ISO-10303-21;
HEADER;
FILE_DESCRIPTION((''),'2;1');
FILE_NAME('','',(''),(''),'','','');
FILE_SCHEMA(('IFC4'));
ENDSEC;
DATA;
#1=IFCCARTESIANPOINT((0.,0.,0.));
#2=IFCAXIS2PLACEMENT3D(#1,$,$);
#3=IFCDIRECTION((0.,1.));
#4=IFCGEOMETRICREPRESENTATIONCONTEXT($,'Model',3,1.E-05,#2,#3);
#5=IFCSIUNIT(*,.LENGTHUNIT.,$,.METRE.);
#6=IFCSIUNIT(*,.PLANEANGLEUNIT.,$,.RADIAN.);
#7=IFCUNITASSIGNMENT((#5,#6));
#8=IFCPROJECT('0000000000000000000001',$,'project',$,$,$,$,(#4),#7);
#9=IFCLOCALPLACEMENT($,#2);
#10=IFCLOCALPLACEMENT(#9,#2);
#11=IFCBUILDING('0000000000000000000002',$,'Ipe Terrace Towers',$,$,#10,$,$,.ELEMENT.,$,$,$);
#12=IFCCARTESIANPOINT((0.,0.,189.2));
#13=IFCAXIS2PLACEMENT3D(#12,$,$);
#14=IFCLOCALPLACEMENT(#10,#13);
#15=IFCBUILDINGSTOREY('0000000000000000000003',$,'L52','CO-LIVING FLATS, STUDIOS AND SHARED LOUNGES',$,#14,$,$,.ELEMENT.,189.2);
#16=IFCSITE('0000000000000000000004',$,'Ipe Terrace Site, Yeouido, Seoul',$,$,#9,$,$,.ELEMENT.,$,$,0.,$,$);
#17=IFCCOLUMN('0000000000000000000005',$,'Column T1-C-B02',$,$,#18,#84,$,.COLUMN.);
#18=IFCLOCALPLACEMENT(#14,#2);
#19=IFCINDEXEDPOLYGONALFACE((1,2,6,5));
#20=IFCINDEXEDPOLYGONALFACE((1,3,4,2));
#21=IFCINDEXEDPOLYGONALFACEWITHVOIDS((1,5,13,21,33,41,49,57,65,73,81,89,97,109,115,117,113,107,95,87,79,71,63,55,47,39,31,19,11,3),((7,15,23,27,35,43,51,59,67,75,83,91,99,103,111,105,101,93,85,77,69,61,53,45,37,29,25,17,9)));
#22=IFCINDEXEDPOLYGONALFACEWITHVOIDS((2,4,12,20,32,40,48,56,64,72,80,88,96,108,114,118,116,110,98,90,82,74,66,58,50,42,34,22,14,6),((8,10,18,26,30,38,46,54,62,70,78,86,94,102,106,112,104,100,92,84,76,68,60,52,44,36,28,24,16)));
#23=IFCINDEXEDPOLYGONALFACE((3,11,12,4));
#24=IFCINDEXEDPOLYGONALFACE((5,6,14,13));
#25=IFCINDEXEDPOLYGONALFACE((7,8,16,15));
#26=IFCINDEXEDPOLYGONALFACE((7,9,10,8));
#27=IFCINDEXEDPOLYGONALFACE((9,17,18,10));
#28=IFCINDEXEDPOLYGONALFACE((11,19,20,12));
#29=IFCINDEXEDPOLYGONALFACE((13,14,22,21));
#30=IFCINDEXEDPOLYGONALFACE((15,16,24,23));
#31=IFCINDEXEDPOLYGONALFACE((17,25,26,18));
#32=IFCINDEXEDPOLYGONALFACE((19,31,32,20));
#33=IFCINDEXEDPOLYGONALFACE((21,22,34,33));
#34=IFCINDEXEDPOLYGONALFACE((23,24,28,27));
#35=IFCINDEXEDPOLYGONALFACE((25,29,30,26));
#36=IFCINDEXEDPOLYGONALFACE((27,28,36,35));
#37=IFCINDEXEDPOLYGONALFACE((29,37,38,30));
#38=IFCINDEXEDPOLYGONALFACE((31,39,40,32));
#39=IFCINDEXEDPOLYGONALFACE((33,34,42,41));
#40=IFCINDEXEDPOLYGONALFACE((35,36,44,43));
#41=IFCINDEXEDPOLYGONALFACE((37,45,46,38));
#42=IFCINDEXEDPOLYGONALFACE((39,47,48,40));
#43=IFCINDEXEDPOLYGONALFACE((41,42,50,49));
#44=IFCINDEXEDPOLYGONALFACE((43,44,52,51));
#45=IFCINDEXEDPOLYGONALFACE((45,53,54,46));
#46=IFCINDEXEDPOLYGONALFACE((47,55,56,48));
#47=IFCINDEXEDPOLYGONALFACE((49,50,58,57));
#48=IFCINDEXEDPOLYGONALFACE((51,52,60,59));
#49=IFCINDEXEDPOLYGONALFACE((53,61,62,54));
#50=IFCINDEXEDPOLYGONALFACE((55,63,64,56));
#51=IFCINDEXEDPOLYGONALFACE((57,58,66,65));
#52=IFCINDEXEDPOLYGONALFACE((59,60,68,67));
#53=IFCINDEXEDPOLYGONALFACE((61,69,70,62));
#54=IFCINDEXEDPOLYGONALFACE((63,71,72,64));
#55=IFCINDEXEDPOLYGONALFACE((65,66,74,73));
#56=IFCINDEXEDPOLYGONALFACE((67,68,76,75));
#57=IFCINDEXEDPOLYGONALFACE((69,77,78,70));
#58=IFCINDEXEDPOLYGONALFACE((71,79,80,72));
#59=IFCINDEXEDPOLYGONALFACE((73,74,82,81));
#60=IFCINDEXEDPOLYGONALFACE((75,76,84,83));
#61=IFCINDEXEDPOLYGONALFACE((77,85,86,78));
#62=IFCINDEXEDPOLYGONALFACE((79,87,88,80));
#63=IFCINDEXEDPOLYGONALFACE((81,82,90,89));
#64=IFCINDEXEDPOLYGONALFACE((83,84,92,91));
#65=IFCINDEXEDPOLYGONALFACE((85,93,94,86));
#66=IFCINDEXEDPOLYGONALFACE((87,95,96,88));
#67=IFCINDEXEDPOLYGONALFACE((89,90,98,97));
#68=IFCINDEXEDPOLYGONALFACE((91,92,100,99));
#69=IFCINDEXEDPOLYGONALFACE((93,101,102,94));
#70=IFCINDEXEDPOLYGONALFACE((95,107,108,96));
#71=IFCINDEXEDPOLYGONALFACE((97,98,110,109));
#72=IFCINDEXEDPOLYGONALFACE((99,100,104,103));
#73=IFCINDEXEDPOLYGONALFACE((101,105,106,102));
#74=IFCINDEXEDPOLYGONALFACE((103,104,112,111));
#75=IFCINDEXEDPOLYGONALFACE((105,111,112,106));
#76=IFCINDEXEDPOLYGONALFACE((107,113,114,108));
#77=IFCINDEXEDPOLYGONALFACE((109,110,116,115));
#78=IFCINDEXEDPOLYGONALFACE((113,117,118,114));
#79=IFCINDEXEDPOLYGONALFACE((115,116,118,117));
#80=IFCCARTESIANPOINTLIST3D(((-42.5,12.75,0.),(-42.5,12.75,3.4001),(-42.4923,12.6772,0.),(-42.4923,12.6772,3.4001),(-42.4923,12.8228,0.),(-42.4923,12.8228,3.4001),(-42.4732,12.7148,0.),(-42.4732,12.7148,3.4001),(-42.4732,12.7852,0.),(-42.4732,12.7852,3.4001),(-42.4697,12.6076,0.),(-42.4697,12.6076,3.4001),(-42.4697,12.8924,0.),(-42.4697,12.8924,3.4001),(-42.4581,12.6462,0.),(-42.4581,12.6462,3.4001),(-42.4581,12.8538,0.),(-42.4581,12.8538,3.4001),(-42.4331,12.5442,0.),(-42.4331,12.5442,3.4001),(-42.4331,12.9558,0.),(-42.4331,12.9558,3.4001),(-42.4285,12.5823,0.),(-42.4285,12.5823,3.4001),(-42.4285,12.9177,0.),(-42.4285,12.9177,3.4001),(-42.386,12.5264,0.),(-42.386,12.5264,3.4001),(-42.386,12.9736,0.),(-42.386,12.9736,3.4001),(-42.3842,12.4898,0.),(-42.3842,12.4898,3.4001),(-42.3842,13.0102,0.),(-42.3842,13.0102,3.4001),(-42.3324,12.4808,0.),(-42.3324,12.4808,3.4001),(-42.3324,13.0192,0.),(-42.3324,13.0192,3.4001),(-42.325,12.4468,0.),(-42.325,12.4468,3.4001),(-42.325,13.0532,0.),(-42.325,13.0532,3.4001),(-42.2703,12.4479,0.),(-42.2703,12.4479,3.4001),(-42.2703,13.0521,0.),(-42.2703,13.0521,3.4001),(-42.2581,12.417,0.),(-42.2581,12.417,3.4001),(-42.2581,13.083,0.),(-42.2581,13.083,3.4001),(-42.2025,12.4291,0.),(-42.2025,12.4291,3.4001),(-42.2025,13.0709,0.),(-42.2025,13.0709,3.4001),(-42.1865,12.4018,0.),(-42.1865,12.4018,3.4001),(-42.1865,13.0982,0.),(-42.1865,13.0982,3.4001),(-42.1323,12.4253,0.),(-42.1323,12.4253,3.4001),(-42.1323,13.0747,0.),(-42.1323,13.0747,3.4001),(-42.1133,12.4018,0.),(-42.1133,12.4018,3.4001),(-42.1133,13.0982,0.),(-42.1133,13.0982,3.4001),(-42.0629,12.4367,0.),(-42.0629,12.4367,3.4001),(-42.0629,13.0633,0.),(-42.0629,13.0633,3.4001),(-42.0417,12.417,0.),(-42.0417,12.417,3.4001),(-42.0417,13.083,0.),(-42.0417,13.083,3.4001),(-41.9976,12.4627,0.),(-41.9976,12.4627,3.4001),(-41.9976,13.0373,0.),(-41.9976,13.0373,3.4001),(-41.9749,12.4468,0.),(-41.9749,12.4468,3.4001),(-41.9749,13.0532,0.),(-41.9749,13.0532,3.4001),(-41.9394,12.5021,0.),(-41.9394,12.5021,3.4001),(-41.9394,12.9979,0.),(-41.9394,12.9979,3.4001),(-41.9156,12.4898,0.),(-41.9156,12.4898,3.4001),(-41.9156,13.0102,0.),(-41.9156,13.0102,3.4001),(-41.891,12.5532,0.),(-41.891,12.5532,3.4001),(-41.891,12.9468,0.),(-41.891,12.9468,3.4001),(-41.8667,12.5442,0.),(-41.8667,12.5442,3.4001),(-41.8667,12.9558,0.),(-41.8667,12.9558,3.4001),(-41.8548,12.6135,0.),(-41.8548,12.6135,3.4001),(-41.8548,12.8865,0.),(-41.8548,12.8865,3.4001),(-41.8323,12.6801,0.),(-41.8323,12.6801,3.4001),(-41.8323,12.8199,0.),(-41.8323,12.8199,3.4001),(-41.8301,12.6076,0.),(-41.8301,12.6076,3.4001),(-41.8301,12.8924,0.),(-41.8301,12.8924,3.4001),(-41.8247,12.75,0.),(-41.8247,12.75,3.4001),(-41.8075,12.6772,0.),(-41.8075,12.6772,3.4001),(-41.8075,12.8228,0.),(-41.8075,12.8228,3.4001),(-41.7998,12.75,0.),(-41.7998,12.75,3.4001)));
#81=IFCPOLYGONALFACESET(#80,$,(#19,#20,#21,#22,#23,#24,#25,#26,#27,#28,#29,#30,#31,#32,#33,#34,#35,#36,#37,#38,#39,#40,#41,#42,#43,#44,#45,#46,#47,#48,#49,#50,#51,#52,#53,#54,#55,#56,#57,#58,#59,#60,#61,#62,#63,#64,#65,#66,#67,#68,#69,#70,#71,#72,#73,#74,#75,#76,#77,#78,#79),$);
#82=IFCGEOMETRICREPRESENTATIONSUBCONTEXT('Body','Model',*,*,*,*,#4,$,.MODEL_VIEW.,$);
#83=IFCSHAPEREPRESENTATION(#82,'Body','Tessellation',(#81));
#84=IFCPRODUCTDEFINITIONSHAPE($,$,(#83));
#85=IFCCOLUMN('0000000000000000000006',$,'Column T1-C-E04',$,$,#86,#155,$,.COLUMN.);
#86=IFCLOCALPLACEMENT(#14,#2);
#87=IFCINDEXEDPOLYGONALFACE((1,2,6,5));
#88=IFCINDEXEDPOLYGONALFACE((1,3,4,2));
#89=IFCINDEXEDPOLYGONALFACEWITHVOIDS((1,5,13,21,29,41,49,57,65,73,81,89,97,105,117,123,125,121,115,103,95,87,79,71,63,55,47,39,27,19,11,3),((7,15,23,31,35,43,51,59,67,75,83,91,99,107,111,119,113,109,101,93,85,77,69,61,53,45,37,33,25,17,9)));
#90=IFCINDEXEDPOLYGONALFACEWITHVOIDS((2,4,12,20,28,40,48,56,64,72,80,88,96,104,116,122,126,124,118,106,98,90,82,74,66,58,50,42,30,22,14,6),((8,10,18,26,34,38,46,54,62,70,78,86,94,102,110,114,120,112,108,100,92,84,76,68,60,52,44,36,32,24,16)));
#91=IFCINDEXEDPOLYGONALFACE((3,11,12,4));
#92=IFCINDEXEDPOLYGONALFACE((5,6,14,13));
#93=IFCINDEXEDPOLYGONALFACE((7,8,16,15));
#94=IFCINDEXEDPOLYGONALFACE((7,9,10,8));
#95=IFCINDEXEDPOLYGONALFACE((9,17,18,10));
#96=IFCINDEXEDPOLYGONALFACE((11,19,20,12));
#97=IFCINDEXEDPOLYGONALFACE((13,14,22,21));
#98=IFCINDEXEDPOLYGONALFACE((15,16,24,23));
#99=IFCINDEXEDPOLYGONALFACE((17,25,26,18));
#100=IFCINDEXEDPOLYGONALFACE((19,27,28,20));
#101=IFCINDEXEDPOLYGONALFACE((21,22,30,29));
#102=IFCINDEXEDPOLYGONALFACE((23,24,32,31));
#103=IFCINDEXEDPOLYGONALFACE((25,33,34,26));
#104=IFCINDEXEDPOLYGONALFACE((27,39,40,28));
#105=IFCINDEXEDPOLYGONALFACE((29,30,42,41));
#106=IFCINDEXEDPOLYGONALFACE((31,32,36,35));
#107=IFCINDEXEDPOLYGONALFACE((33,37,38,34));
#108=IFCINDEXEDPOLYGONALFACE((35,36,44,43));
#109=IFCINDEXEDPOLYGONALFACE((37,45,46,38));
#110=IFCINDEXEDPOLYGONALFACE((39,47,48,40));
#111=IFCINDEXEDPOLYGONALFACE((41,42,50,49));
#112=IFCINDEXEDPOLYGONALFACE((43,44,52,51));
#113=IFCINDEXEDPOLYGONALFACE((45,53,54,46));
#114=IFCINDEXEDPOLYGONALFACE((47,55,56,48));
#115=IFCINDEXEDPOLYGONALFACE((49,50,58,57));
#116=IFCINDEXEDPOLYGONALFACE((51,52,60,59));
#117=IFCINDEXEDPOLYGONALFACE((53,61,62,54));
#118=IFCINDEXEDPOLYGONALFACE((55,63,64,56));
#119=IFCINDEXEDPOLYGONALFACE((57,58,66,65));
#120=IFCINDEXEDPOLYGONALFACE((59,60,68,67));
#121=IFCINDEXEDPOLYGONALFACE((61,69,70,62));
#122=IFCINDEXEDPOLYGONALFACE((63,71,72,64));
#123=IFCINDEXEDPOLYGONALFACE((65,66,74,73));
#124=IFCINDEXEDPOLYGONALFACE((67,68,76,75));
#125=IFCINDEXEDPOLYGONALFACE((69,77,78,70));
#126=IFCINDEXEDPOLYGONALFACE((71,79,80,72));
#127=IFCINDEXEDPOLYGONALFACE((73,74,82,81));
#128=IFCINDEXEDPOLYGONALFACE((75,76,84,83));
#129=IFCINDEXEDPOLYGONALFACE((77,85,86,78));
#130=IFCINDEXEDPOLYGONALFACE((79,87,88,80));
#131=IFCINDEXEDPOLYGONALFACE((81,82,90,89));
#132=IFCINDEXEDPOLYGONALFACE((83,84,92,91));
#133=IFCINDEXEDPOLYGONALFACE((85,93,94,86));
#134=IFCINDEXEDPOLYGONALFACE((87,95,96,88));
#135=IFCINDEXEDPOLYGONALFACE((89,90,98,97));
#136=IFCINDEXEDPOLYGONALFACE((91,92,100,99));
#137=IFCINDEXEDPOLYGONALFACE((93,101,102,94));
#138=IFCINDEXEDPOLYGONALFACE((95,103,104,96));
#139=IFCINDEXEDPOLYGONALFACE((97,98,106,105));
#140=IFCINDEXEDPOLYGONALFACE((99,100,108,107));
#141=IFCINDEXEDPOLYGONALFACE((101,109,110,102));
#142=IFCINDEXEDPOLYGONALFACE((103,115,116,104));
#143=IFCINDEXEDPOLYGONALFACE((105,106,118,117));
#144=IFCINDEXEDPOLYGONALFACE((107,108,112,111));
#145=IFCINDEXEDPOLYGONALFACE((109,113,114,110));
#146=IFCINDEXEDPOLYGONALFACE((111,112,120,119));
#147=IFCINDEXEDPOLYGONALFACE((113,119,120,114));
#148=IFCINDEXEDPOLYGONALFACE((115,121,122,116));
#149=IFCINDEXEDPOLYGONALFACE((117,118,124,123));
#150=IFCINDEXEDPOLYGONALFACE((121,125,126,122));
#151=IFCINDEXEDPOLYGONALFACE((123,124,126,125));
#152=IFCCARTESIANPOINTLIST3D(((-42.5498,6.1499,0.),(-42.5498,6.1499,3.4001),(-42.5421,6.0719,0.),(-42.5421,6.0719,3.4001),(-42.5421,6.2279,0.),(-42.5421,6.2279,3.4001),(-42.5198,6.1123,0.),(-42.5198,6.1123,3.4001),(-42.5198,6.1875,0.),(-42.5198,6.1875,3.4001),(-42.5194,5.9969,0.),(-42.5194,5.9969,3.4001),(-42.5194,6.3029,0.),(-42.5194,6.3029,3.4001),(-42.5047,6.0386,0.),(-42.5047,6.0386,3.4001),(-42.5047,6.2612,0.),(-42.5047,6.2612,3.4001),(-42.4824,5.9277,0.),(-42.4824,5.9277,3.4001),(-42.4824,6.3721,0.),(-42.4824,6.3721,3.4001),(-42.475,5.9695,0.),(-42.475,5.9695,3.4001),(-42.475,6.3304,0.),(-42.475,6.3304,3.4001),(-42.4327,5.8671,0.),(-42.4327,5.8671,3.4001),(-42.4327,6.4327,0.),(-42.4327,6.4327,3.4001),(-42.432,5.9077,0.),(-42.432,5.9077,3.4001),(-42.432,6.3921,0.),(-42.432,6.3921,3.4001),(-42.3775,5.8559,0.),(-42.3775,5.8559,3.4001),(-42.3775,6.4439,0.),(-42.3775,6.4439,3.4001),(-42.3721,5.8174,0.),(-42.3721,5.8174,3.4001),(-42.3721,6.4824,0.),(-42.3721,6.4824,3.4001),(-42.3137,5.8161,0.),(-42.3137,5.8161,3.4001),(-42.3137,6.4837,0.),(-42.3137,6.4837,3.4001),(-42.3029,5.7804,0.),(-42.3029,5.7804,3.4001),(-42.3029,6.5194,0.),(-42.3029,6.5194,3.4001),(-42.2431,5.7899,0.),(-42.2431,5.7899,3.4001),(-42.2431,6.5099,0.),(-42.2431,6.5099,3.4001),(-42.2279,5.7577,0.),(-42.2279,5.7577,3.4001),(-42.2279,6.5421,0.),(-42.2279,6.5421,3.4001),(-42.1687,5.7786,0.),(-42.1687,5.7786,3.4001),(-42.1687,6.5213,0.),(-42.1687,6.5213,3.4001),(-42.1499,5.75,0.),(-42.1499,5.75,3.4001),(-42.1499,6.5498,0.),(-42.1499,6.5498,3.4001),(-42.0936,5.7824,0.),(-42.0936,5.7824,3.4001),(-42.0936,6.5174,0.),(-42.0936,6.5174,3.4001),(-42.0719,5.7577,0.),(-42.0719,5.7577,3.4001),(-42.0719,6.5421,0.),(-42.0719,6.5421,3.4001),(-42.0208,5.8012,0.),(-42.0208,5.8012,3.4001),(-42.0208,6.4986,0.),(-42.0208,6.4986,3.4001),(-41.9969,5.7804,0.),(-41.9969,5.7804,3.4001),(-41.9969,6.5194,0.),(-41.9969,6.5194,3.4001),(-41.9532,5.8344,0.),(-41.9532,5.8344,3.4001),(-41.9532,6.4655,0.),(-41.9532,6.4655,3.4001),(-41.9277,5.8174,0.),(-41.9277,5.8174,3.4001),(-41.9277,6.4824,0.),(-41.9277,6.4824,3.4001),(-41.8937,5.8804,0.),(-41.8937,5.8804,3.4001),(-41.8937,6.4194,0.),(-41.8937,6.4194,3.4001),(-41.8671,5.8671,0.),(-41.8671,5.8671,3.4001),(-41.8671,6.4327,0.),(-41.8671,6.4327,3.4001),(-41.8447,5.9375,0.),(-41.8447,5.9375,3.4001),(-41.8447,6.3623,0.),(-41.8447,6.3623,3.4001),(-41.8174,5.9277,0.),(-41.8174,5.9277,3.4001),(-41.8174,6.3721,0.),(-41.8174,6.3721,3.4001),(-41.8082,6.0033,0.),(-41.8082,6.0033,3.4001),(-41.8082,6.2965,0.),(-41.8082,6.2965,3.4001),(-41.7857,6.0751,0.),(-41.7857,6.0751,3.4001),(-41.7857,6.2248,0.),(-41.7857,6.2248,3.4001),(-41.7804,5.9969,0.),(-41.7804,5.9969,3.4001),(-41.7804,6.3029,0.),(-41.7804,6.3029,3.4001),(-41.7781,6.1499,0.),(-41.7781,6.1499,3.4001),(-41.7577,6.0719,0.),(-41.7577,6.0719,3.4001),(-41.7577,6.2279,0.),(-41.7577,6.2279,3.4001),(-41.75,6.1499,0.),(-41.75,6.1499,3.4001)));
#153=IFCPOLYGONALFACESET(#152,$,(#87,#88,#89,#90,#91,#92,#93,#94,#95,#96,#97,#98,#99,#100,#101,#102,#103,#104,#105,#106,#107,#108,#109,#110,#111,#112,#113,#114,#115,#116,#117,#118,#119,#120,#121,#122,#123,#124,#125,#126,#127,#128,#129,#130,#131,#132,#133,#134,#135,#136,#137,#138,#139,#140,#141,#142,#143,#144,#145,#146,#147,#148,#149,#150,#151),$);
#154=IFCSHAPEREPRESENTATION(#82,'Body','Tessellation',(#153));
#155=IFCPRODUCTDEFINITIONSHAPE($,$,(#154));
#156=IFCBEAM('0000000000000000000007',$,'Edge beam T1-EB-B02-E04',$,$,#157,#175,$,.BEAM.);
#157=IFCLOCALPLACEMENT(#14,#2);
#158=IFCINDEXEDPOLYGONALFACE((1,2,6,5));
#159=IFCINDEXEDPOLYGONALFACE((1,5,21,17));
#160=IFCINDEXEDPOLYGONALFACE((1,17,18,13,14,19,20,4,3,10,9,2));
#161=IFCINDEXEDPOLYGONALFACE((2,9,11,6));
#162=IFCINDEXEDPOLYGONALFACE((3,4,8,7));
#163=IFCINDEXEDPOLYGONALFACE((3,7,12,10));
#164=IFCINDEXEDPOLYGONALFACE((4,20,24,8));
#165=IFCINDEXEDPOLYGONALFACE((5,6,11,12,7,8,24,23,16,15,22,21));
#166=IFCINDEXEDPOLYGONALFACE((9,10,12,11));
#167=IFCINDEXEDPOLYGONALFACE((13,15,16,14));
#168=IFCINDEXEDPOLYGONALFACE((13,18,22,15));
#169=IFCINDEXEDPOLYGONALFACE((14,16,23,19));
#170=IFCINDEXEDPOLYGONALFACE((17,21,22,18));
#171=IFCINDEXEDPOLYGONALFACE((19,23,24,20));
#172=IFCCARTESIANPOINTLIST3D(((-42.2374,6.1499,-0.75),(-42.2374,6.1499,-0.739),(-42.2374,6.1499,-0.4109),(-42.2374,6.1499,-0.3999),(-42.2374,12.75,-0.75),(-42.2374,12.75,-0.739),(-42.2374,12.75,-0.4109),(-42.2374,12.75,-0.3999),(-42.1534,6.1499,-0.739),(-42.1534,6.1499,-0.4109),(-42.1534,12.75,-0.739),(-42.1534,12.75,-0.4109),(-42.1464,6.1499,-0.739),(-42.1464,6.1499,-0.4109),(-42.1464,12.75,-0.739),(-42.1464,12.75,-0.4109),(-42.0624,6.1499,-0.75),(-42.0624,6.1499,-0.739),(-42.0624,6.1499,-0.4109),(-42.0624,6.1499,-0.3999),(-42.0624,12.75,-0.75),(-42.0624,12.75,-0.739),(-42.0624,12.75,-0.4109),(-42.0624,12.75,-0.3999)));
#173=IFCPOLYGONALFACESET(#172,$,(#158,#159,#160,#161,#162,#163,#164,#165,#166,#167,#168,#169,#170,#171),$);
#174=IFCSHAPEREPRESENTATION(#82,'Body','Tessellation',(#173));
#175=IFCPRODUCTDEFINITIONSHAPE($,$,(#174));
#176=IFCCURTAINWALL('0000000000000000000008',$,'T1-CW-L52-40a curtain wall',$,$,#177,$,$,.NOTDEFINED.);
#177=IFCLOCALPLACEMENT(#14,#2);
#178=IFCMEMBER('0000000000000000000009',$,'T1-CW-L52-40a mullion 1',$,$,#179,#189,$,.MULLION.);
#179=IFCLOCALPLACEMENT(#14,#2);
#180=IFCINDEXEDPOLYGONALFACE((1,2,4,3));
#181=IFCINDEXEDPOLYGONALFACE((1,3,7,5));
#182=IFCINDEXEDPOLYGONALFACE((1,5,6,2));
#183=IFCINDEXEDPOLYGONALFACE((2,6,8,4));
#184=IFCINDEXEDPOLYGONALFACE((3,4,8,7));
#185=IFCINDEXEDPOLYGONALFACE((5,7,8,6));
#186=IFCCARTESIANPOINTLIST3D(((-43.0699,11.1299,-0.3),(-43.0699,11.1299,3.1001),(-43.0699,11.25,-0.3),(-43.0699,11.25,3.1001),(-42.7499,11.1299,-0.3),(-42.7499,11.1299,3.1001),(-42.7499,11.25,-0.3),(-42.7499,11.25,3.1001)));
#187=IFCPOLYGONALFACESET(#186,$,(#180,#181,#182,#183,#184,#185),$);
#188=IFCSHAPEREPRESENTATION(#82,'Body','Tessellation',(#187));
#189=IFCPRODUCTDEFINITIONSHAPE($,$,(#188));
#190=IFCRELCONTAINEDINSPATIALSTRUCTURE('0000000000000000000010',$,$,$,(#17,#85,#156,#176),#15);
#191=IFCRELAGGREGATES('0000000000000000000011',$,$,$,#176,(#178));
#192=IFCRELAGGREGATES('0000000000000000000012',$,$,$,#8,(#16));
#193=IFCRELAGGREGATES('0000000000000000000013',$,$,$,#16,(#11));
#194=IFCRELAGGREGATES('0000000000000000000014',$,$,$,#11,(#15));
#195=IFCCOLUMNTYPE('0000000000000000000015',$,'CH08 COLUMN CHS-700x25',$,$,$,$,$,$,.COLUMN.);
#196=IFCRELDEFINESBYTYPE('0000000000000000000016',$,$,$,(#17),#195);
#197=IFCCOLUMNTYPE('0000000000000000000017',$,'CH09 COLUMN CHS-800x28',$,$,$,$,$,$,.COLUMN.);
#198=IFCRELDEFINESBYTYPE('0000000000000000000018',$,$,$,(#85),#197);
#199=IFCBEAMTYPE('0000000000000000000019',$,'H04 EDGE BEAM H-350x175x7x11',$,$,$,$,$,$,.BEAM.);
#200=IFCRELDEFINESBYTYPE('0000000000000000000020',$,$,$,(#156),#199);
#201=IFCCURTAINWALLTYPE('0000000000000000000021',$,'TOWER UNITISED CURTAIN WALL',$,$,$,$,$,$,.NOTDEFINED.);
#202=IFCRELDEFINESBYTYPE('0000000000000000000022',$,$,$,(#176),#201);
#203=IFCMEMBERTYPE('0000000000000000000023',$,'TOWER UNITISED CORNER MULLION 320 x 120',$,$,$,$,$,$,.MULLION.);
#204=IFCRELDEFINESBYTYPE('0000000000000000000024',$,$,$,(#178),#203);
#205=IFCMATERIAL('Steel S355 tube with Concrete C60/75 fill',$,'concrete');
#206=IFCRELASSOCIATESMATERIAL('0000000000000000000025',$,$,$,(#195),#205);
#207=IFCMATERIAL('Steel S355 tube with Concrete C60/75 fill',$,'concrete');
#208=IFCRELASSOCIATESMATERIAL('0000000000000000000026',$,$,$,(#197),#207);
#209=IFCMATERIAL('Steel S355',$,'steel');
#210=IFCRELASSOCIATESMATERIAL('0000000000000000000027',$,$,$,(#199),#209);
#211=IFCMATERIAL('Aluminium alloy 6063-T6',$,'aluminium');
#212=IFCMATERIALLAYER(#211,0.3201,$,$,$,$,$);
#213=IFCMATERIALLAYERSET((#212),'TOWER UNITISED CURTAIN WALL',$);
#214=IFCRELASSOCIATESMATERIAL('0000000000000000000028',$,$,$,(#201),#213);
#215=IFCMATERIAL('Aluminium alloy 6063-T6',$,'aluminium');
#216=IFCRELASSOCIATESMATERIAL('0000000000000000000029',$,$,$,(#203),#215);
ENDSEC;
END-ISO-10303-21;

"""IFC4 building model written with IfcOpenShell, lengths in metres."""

from ifc_helpers import new_model, si_unit, direction, frame, origin, origin_2d, place, context, subcontext, project, spatial, rectangle, hollow_circle, i_section, extrude, material, layer, layer_set, material_profile, profile_set, type_object, element, aggregate, save


model = new_model("IFC4")

# Units and contexts
model_context = context("Model", 3, precision=1e-05, world=origin(), true_north=direction((0.0, 1.0)))
body_context = subcontext(model_context, "Body", "Model", "MODEL_VIEW")
ifc_project = project(units=[si_unit("LENGTHUNIT", "METRE"), si_unit("PLANEANGLEUNIT", "RADIAN")], contexts=[model_context])

# Site, building, storey
site_placement = place(None, origin())
site = spatial("IfcSite", under=ifc_project, at=site_placement, Name="Ipe Terrace Site, Yeouido, Seoul", CompositionType="ELEMENT", RefElevation=0.0)
building_placement = place(site_placement, origin())
building = spatial("IfcBuilding", under=site, at=building_placement, Name="Ipe Terrace Towers", CompositionType="ELEMENT")
storey_placement = place(building_placement, frame((0.0, 0.0, 189.2)))
storey = spatial("IfcBuildingStorey", under=building, at=storey_placement, Name="L52", Description="CO-LIVING FLATS, STUDIOS AND SHARED LOUNGES", CompositionType="ELEMENT", Elevation=189.2)

# Columns
ifc_material_1 = material(Name="Steel S355 tube with Concrete C60/75 fill", Category="concrete")
ifc_material_profile_1 = material_profile(ifc_material_1, hollow_circle(Radius=0.3501, WallThickness=0.0249, at=origin_2d()), Name="CHS-700x25")
ifc_profile_set_1 = profile_set([ifc_material_profile_1], Name="Steel S355 tube with Concrete C60/75 fill")
column_type_1 = type_object("IfcColumnType", Name="CH08 COLUMN CHS-700x25", PredefinedType="COLUMN", material=ifc_profile_set_1)
column_1_placement = place(storey_placement, frame((-42.1499, 12.75, 0.0), z_axis=(0.0, 0.0, 1.0), x_axis=(1.0, 0.0, 0.0)))
element("IfcColumn", 1, at=column_1_placement, inside=storey, type_object=column_type_1, Name="Column T1-C-B02", PredefinedType="COLUMN", context=body_context, shape_type="SweptSolid", body=[
    extrude(hollow_circle(Radius=0.3501, WallThickness=0.0249, at=origin_2d()), origin(), (0.0, 0.0, 1.0), 3.4001),
])
ifc_material_2 = material(Name="Steel S355 tube with Concrete C60/75 fill", Category="concrete")
ifc_material_profile_2 = material_profile(ifc_material_2, hollow_circle(Radius=0.3999, WallThickness=0.0281, at=origin_2d()), Name="CHS-800x28")
ifc_profile_set_2 = profile_set([ifc_material_profile_2], Name="Steel S355 tube with Concrete C60/75 fill")
column_type_2 = type_object("IfcColumnType", Name="CH09 COLUMN CHS-800x28", PredefinedType="COLUMN", material=ifc_profile_set_2)
column_2_placement = place(storey_placement, frame((-42.1499, 6.1499, 0.0), z_axis=(0.0, 0.0, 1.0), x_axis=(1.0, 0.0, 0.0)))
element("IfcColumn", 2, at=column_2_placement, inside=storey, type_object=column_type_2, Name="Column T1-C-E04", PredefinedType="COLUMN", context=body_context, shape_type="SweptSolid", body=[
    extrude(hollow_circle(Radius=0.3999, WallThickness=0.0281, at=origin_2d()), origin(), (0.0, 0.0, 1.0), 3.4001),
])

# Beam
ifc_material_3 = material(Name="Steel S355", Category="steel")
ifc_material_profile_3 = material_profile(ifc_material_3, i_section(OverallWidth=0.175, OverallDepth=0.3501, WebThickness=0.0071, FlangeThickness=0.011, at=origin_2d()), Name="H-350x175x7x11")
ifc_profile_set_3 = profile_set([ifc_material_profile_3], Name="Steel S355")
beam_type = type_object("IfcBeamType", Name="H04 EDGE BEAM H-350x175x7x11", PredefinedType="BEAM", material=ifc_profile_set_3)
beam_placement = place(storey_placement, frame((-42.1499, 12.75, -0.575), z_axis=(0.0, -1.0, 0.0), x_axis=(1.0, 0.0, 0.0)))
element("IfcBeam", 3, at=beam_placement, inside=storey, type_object=beam_type, Name="Edge beam T1-EB-B02-E04", PredefinedType="BEAM", context=body_context, shape_type="SweptSolid", body=[
    extrude(i_section(OverallWidth=0.175, OverallDepth=0.3501, WebThickness=0.0071, FlangeThickness=0.011, at=origin_2d()), origin(), (0.0, 0.0, 1.0), 6.6001),
])

# Curtain wall, member
ifc_material_4 = material(Name="Aluminium alloy 6063-T6", Category="aluminium")
ifc_layer_1 = layer(ifc_material_4, 0.3201)
ifc_layer_set_1 = layer_set([ifc_layer_1], Name="TOWER UNITISED CURTAIN WALL")
curtain_wall_type = type_object("IfcCurtainWallType", Name="TOWER UNITISED CURTAIN WALL", PredefinedType="NOTDEFINED", material=ifc_layer_set_1)
curtain_wall_placement = place(storey_placement, origin())
curtain_wall = element("IfcCurtainWall", 4, at=curtain_wall_placement, inside=storey, type_object=curtain_wall_type, Name="T1-CW-L52-40a curtain wall", PredefinedType="NOTDEFINED")
ifc_material_5 = material(Name="Aluminium alloy 6063-T6", Category="aluminium")
ifc_material_profile_4 = material_profile(ifc_material_5, rectangle(XDim=0.3201, YDim=0.1201, at=origin_2d()), Name="TOWER UNITISED CORNER MULLION 320 x 120")
ifc_profile_set_4 = profile_set([ifc_material_profile_4], Name="Aluminium alloy 6063-T6")
member_type = type_object("IfcMemberType", Name="TOWER UNITISED CORNER MULLION 320 x 120", PredefinedType="MULLION", material=ifc_profile_set_4)
member_1_placement = place(storey_placement, frame((-42.9099, 11.1899, -0.3), z_axis=(0.0, 0.0, 1.0), x_axis=(-1.0, 0.0, 0.0)))
member_1 = element("IfcMember", 5, at=member_1_placement, type_object=member_type, Name="T1-CW-L52-40a mullion 1", PredefinedType="MULLION", context=body_context, shape_type="SweptSolid", body=[
    extrude(rectangle(XDim=0.3201, YDim=0.1201, at=origin_2d()), origin(), (0.0, 0.0, 1.0), 3.4001),
])
aggregate(curtain_wall, [member_1])

save(model, "model.ifc")
